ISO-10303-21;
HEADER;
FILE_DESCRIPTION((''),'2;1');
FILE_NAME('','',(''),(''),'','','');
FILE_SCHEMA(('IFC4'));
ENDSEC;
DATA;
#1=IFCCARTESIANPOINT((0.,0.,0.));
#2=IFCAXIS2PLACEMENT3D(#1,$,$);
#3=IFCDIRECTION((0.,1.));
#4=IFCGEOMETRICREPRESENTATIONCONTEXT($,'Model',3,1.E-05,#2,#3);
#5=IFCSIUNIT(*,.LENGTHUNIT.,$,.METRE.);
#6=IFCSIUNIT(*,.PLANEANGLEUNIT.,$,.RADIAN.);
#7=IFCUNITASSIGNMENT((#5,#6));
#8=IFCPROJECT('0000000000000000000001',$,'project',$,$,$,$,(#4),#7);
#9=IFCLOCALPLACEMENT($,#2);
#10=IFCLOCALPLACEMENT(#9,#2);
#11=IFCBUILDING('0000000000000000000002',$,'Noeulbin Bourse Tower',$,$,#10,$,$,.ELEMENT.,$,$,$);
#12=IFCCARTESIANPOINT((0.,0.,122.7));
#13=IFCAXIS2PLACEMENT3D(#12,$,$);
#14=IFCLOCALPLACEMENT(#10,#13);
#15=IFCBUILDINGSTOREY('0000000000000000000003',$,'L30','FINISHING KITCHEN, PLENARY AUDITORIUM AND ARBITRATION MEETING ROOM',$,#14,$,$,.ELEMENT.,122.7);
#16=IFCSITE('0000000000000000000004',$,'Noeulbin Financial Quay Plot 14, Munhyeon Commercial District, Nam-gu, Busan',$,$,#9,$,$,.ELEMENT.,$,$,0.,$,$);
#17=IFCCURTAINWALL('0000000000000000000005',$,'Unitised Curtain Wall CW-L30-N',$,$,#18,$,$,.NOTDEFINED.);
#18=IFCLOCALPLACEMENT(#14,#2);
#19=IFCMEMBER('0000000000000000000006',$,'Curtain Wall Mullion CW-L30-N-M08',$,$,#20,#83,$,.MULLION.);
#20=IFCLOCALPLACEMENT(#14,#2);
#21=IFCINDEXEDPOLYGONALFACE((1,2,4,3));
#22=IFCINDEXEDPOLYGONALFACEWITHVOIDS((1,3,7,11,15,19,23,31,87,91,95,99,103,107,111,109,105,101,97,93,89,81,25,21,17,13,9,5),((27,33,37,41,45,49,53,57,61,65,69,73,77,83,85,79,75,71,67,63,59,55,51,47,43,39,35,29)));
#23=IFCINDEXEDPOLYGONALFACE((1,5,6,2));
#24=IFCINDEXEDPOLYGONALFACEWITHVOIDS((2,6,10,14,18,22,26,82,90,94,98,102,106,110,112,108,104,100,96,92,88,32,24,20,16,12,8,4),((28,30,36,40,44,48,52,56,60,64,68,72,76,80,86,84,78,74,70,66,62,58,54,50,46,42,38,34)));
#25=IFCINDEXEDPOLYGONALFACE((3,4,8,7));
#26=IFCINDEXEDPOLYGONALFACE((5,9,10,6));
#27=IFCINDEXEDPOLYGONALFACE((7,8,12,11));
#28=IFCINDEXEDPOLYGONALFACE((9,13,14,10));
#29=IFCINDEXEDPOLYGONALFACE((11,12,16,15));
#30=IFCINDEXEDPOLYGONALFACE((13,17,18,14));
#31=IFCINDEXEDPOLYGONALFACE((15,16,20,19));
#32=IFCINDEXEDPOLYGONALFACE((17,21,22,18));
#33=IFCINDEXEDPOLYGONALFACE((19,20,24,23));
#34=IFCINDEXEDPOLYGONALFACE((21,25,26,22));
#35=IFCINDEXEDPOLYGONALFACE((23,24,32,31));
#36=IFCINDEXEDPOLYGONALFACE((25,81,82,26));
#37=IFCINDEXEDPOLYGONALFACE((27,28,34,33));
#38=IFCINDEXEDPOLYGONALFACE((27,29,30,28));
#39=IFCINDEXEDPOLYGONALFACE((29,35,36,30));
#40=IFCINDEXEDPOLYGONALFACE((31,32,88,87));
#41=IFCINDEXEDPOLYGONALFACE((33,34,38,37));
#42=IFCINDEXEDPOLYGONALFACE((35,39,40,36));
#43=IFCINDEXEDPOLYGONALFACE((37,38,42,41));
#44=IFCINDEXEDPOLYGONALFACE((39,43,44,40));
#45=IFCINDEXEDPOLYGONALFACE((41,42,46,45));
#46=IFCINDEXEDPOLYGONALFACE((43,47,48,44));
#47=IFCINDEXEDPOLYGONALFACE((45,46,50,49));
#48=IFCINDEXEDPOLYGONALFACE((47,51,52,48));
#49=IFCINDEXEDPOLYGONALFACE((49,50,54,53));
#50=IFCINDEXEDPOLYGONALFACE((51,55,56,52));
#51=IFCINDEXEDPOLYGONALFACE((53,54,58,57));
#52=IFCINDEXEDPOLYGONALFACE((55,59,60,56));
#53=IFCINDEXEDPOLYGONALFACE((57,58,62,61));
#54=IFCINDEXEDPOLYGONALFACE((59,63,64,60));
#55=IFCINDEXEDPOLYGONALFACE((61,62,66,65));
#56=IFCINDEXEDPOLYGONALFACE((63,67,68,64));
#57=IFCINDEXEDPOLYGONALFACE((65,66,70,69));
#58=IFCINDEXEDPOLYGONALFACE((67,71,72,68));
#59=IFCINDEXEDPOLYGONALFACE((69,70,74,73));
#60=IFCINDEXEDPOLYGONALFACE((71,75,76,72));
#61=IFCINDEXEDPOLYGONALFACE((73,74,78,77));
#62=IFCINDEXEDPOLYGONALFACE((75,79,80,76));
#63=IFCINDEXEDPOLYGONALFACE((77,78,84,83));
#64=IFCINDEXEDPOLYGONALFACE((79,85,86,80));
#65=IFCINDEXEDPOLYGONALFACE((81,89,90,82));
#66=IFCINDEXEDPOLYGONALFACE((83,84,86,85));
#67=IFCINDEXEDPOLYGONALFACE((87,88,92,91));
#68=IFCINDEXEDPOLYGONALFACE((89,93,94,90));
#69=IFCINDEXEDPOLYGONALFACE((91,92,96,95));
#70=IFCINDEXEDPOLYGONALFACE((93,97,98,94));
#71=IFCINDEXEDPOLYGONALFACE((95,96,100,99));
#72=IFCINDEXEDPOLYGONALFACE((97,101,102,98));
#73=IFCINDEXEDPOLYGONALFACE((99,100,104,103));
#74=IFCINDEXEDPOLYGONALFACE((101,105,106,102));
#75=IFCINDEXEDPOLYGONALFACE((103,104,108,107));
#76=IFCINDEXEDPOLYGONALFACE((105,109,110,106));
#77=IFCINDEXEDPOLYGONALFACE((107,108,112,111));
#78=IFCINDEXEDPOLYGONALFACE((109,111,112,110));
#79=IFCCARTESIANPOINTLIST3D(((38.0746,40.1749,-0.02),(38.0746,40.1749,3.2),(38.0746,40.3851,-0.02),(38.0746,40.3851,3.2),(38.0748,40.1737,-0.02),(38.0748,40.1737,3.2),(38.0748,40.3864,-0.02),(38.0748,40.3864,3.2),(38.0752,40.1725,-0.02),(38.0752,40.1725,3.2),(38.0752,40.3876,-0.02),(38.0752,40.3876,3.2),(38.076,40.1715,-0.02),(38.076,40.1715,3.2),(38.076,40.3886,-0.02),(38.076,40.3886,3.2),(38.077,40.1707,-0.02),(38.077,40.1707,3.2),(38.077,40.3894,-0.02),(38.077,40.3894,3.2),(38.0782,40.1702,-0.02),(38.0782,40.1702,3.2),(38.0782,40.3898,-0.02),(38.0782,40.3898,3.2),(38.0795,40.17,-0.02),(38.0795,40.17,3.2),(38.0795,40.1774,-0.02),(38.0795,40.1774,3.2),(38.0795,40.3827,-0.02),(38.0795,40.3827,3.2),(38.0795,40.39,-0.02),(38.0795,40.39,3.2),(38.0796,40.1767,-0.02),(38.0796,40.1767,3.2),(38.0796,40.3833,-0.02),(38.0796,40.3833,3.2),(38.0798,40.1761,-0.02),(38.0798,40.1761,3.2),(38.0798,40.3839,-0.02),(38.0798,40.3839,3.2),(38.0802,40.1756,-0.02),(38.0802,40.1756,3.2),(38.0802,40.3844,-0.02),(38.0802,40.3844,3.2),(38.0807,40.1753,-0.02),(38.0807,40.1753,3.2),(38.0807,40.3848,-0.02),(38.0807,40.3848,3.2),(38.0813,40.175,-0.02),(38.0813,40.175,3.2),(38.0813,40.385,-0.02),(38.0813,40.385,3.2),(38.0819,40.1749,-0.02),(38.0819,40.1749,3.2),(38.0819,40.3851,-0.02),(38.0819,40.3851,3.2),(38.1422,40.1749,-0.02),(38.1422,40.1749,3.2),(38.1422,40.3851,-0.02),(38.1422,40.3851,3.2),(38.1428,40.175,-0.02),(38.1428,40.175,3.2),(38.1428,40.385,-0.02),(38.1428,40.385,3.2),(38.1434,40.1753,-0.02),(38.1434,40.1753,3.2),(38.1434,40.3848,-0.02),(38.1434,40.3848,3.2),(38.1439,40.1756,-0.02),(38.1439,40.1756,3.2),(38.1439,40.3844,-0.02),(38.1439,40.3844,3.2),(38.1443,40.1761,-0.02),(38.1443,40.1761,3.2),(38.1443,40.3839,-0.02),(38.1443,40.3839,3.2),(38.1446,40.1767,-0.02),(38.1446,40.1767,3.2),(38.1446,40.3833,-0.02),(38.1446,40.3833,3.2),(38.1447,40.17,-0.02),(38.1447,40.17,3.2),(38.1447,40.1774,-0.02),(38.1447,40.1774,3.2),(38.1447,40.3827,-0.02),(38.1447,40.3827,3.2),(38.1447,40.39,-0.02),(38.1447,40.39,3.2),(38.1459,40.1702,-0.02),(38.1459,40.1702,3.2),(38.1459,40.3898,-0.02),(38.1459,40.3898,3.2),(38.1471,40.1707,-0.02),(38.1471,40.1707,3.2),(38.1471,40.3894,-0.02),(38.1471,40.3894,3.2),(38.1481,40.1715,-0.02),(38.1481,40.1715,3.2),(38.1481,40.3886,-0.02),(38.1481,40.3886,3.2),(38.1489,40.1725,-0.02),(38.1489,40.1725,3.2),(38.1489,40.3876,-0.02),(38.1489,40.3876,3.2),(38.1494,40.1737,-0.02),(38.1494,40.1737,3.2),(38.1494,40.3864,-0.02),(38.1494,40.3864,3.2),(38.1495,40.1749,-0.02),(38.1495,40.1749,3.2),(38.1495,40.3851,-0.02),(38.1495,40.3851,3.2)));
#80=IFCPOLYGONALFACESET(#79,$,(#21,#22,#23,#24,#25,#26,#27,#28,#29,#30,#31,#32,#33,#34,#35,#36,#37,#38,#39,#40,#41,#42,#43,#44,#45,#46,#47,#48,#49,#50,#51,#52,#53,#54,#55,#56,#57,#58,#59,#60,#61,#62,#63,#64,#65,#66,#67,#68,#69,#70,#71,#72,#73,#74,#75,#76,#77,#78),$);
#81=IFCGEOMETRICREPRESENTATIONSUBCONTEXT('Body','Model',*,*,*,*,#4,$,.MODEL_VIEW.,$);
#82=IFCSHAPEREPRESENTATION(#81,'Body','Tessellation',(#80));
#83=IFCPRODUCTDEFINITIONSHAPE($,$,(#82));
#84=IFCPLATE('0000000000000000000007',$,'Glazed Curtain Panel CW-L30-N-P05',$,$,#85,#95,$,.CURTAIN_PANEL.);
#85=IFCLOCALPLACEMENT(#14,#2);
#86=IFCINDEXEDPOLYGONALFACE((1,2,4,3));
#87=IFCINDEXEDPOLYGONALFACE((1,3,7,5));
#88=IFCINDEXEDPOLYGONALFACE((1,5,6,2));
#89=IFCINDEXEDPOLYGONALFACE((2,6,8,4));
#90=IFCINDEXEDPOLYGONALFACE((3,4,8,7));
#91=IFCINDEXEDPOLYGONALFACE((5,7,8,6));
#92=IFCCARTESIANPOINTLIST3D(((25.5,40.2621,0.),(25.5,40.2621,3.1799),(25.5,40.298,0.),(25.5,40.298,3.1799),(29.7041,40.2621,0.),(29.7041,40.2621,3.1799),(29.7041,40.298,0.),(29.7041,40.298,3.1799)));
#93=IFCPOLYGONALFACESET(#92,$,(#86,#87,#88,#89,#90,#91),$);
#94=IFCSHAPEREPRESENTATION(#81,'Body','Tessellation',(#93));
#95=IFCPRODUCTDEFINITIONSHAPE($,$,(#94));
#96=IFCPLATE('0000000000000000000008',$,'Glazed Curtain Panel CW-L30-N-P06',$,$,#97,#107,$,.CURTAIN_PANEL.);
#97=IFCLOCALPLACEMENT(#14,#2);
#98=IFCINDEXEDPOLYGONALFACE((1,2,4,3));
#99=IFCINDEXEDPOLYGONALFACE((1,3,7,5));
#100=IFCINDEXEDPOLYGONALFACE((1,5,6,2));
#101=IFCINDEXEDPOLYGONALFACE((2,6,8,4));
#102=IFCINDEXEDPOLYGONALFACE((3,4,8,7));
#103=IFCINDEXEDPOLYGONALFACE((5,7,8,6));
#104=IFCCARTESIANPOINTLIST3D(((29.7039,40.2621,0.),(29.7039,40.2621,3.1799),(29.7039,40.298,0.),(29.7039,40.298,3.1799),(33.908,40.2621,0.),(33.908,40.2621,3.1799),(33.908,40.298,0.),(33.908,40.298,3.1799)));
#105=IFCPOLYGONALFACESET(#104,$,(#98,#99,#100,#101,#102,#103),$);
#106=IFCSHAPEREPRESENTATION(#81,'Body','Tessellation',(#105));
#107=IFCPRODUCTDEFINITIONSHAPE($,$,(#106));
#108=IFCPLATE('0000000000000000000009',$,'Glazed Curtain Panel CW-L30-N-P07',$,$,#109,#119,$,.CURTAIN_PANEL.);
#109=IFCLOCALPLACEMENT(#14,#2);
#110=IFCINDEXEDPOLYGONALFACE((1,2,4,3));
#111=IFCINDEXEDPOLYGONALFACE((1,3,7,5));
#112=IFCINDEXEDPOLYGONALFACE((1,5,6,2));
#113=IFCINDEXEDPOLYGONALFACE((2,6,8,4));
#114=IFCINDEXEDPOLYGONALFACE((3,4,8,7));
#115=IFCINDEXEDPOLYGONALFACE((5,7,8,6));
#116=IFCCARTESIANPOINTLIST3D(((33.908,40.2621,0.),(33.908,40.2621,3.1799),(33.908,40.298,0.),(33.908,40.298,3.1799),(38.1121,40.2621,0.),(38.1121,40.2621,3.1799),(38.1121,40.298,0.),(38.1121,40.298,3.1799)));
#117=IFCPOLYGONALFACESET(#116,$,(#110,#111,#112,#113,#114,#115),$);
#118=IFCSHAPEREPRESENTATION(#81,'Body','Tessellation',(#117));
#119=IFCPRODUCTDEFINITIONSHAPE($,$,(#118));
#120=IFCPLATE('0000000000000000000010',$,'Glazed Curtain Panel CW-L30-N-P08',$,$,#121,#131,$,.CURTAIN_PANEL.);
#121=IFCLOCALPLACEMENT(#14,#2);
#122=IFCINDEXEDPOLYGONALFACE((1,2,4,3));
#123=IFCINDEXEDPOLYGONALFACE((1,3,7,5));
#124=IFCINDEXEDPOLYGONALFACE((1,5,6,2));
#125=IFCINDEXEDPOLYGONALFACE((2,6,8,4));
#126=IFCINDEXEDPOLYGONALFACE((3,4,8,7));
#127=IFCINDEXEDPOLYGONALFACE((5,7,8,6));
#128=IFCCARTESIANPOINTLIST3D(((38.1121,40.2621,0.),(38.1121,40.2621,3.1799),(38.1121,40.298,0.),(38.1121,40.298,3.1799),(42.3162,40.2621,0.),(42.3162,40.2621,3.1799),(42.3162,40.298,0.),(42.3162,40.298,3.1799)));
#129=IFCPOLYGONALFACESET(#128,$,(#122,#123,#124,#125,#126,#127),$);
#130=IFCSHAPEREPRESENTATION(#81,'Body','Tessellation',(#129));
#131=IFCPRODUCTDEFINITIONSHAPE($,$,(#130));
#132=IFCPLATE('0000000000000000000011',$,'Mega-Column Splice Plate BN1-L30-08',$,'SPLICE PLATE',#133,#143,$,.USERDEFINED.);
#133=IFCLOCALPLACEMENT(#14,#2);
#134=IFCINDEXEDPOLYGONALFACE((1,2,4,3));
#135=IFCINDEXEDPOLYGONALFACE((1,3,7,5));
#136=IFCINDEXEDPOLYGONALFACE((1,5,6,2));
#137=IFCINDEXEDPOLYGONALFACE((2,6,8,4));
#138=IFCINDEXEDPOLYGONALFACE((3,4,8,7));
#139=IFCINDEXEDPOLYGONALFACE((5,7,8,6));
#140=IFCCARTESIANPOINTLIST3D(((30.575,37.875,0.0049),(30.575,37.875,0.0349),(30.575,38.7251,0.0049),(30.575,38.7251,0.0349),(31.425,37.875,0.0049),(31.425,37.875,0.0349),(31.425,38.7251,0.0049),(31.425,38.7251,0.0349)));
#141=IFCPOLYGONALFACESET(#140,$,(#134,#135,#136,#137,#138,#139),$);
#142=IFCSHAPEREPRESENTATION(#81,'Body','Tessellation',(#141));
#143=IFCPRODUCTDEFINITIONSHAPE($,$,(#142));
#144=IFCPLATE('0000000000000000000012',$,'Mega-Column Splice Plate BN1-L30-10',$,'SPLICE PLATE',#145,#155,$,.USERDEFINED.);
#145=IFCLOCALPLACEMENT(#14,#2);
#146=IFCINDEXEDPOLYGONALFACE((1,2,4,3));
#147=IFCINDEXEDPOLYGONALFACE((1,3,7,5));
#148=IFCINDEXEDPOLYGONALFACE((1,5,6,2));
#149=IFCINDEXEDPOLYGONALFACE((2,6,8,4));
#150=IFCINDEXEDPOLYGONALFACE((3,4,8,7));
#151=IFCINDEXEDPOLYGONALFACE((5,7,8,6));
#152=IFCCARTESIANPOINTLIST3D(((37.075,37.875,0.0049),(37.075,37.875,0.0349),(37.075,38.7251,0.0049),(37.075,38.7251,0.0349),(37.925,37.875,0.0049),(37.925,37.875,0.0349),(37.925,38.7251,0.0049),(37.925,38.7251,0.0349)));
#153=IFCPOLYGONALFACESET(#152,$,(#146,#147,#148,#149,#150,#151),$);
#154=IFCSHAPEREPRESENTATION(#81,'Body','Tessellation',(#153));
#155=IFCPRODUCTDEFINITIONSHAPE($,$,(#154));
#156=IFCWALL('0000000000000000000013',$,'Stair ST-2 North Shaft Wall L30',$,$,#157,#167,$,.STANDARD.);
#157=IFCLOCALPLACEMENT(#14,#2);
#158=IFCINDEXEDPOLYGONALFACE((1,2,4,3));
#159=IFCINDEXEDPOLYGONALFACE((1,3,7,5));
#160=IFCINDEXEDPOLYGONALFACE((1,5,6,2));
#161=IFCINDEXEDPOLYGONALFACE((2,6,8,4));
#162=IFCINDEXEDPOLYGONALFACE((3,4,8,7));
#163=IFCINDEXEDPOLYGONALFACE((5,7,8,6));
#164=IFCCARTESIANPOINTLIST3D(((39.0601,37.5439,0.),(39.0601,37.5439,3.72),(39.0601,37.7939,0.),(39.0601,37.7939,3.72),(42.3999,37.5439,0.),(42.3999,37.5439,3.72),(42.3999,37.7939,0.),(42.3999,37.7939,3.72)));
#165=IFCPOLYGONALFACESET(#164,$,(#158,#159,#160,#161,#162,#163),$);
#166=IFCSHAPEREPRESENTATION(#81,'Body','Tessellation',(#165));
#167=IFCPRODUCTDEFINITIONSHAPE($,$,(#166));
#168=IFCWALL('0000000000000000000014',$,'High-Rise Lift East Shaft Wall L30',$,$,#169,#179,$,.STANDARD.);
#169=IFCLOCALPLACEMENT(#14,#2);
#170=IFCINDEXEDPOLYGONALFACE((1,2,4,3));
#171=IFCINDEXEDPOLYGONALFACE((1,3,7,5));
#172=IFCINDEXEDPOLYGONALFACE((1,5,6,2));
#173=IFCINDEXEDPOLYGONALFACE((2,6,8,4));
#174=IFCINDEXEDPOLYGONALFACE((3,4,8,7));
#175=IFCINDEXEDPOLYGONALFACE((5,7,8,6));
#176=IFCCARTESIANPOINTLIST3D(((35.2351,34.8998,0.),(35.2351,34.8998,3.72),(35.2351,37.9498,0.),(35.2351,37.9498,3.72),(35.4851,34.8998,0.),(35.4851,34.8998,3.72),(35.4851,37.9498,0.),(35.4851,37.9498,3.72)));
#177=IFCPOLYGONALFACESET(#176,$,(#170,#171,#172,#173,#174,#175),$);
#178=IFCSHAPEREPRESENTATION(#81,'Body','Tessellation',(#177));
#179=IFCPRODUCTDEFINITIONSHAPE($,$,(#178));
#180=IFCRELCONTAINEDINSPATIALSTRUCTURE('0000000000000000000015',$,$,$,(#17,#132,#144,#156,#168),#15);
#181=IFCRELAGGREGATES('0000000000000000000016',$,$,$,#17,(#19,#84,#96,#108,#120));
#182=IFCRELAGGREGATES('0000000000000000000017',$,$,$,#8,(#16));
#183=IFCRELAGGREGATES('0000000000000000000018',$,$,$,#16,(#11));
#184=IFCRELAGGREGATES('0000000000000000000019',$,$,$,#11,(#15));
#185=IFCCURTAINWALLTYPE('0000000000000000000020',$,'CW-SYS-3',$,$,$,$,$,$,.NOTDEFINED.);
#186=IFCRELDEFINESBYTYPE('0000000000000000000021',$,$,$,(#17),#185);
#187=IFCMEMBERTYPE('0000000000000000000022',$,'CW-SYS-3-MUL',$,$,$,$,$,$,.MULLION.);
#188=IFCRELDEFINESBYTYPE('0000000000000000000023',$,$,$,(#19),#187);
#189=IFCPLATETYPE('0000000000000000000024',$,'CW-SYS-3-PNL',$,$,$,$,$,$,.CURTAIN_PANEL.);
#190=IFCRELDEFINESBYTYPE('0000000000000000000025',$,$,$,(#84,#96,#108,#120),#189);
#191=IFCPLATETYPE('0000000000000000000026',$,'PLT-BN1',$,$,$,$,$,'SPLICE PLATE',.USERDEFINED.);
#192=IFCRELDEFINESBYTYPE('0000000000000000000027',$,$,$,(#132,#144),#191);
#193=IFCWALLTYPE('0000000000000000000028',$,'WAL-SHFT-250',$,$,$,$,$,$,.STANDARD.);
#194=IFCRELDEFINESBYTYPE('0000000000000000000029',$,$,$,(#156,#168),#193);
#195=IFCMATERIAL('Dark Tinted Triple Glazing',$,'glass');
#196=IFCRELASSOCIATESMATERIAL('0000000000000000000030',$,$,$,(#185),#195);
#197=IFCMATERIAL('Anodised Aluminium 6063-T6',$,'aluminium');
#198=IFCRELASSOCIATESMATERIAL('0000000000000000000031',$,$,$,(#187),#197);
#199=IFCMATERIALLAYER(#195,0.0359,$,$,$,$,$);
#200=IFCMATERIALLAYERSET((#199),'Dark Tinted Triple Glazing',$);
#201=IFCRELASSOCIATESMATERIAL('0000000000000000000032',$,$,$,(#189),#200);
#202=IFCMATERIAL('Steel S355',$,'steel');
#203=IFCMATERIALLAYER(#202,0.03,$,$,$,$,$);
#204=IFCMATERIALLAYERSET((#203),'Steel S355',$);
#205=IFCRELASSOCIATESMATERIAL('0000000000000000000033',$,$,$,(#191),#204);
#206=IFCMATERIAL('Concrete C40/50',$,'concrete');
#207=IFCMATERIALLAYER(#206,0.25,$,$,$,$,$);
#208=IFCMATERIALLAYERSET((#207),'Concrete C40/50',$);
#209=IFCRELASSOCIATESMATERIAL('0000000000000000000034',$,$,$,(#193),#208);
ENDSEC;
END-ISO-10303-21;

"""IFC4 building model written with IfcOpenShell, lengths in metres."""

from ifc_helpers import new_model, si_unit, direction, frame, frame_2d, origin, origin_2d, place, context, subcontext, project, spatial, rectangle, hollow_rectangle, extrude, material, layer, layer_set, material_profile, profile_set, type_object, element, aggregate, save


model = new_model("IFC4")

# Units and contexts
model_context = context("Model", 3, precision=1e-05, world=origin(), true_north=direction((0.0, 1.0)))
body_context = subcontext(model_context, "Body", "Model", "MODEL_VIEW")
ifc_project = project(units=[si_unit("LENGTHUNIT", "METRE"), si_unit("PLANEANGLEUNIT", "RADIAN")], contexts=[model_context])

# Site, building, storey
site_placement = place(None, origin())
site = spatial("IfcSite", under=ifc_project, at=site_placement, Name="Noeulbin Financial Quay Plot 14, Munhyeon Commercial District, Nam-gu, Busan", CompositionType="ELEMENT", RefElevation=0.0)
building_placement = place(site_placement, origin())
building = spatial("IfcBuilding", under=site, at=building_placement, Name="Noeulbin Bourse Tower", CompositionType="ELEMENT")
storey_placement = place(building_placement, frame((0.0, 0.0, 122.7)))
storey = spatial("IfcBuildingStorey", under=building, at=storey_placement, Name="L30", Description="FINISHING KITCHEN, PLENARY AUDITORIUM AND ARBITRATION MEETING ROOM", CompositionType="ELEMENT", Elevation=122.7)

# Shared definitions
ifc_material_1 = material(Name="Steel S355", Category="steel")

# Curtain wall, member, plates
ifc_material_2 = material(Name="Dark Tinted Triple Glazing", Category="glass")
curtain_wall_type = type_object("IfcCurtainWallType", Name="CW-SYS-3", PredefinedType="NOTDEFINED", material=ifc_material_2)
curtain_wall_placement = place(storey_placement, origin())
curtain_wall = element("IfcCurtainWall", 1, at=curtain_wall_placement, inside=storey, type_object=curtain_wall_type, Name="Unitised Curtain Wall CW-L30-N", PredefinedType="NOTDEFINED")
ifc_material_3 = material(Name="Anodised Aluminium 6063-T6", Category="aluminium")
ifc_material_profile_1 = material_profile(ifc_material_3, hollow_rectangle(XDim=0.075, YDim=0.22, WallThickness=0.0049, InnerFilletRadius=0.0024, OuterFilletRadius=0.0049, at=origin_2d()), Name="ALU-MULL-75x220x5", Category="LoadBearing")
ifc_profile_set_1 = profile_set([ifc_material_profile_1], Name="Anodised Aluminium 6063-T6")
member_type = type_object("IfcMemberType", Name="CW-SYS-3-MUL", PredefinedType="MULLION", material=ifc_profile_set_1)
member_1_placement = place(storey_placement, frame((38.1121, 40.28, -0.02), z_axis=(0.0, 0.0, 1.0), x_axis=(1.0, 0.0, 0.0)))
member_1 = element("IfcMember", 2, at=member_1_placement, type_object=member_type, Name="Curtain Wall Mullion CW-L30-N-M08", PredefinedType="MULLION", context=body_context, shape_type="SweptSolid", body=[
    extrude(hollow_rectangle(XDim=0.075, YDim=0.22, WallThickness=0.0049, InnerFilletRadius=0.0024, OuterFilletRadius=0.0049, at=origin_2d()), origin(), (0.0, 0.0, 1.0), 3.22),
])
ifc_layer_1 = layer(ifc_material_2, 0.0359)
ifc_layer_set_1 = layer_set([ifc_layer_1], Name="Dark Tinted Triple Glazing")
plate_type_1 = type_object("IfcPlateType", Name="CW-SYS-3-PNL", PredefinedType="CURTAIN_PANEL", material=ifc_layer_set_1)
plate_1_placement = place(storey_placement, frame((27.6021, 40.28, 0.0), z_axis=(0.0, 0.0, 1.0), x_axis=(1.0, 0.0, 0.0)))
plate_1 = element("IfcPlate", 3, at=plate_1_placement, type_object=plate_type_1, Name="Glazed Curtain Panel CW-L30-N-P05", PredefinedType="CURTAIN_PANEL", context=body_context, shape_type="SweptSolid", body=[
    extrude(rectangle(XDim=4.2041, YDim=0.0359, at=origin_2d()), origin(), (0.0, 0.0, 1.0), 3.1799),
])
plate_2_placement = place(storey_placement, frame((31.8059, 40.28, 0.0), z_axis=(0.0, 0.0, 1.0), x_axis=(1.0, 0.0, 0.0)))
plate_2 = element("IfcPlate", 4, at=plate_2_placement, type_object=plate_type_1, Name="Glazed Curtain Panel CW-L30-N-P06", PredefinedType="CURTAIN_PANEL", context=body_context, shape_type="SweptSolid", body=[
    extrude(rectangle(XDim=4.2041, YDim=0.0359, at=origin_2d()), origin(), (0.0, 0.0, 1.0), 3.1799),
])
plate_3_placement = place(storey_placement, frame((36.01, 40.28, 0.0), z_axis=(0.0, 0.0, 1.0), x_axis=(1.0, 0.0, 0.0)))
plate_3 = element("IfcPlate", 5, at=plate_3_placement, type_object=plate_type_1, Name="Glazed Curtain Panel CW-L30-N-P07", PredefinedType="CURTAIN_PANEL", context=body_context, shape_type="SweptSolid", body=[
    extrude(rectangle(XDim=4.2041, YDim=0.0359, at=origin_2d()), origin(), (0.0, 0.0, 1.0), 3.1799),
])
plate_4_placement = place(storey_placement, frame((40.2141, 40.28, 0.0), z_axis=(0.0, 0.0, 1.0), x_axis=(1.0, 0.0, 0.0)))
plate_4 = element("IfcPlate", 6, at=plate_4_placement, type_object=plate_type_1, Name="Glazed Curtain Panel CW-L30-N-P08", PredefinedType="CURTAIN_PANEL", context=body_context, shape_type="SweptSolid", body=[
    extrude(rectangle(XDim=4.2041, YDim=0.0359, at=origin_2d()), origin(), (0.0, 0.0, 1.0), 3.1799),
])
aggregate(curtain_wall, [member_1, plate_1, plate_2, plate_3, plate_4])

# Plates
ifc_layer_2 = layer(ifc_material_1, 0.03)
ifc_layer_set_2 = layer_set([ifc_layer_2], Name="Steel S355")
plate_type_2 = type_object("IfcPlateType", Name="PLT-BN1", ElementType="SPLICE PLATE", PredefinedType="USERDEFINED", material=ifc_layer_set_2)
for number, where, z_axis, x_axis, name in (
    (7, (31.0, 38.3, 0.0049), (0.0, 0.0, 1.0), (1.0, 0.0, 0.0), "Mega-Column Splice Plate BN1-L30-08"),
    (8, (37.5, 38.3, 0.0049), (0.0, 0.0, 1.0), (1.0, 0.0, 0.0), "Mega-Column Splice Plate BN1-L30-10"),
):
    element("IfcPlate", number, at=place(storey_placement, frame(where, z_axis=z_axis, x_axis=x_axis)), inside=storey, type_object=plate_type_2, Name=name, ObjectType="SPLICE PLATE", PredefinedType="USERDEFINED", context=body_context, shape_type="SweptSolid", body=[
        extrude(rectangle(XDim=0.8501, YDim=0.8501, at=origin_2d()), origin(), (0.0, 0.0, 1.0), 0.03),
    ])

# Walls
ifc_material_4 = material(Name="Concrete C40/50", Category="concrete")
ifc_layer_3 = layer(ifc_material_4, 0.25)
ifc_layer_set_3 = layer_set([ifc_layer_3], Name="Concrete C40/50")
wall_type = type_object("IfcWallType", Name="WAL-SHFT-250", PredefinedType="STANDARD", material=ifc_layer_set_3)
wall_1_placement = place(storey_placement, frame((39.0601, 37.6689, 0.0), z_axis=(0.0, 0.0, 1.0), x_axis=(1.0, 0.0, 0.0)))
element("IfcWall", 9, at=wall_1_placement, inside=storey, type_object=wall_type, Name="Stair ST-2 North Shaft Wall L30", PredefinedType="STANDARD", context=body_context, shape_type="SweptSolid", body=[
    extrude(rectangle(XDim=3.3398, YDim=0.25, at=frame_2d((1.6699, 0.0))), origin(), (0.0, 0.0, 1.0), 3.72),
])
wall_2_placement = place(storey_placement, frame((35.3601, 34.8999, 0.0), z_axis=(0.0, 0.0, 1.0), x_axis=(0.0, 1.0, 0.0)))
element("IfcWall", 10, at=wall_2_placement, inside=storey, type_object=wall_type, Name="High-Rise Lift East Shaft Wall L30", PredefinedType="STANDARD", context=body_context, shape_type="SweptSolid", body=[
    extrude(rectangle(XDim=3.05, YDim=0.25, at=frame_2d((1.5249, 0.0))), origin(), (0.0, 0.0, 1.0), 3.72),
])

save(model, "model.ifc")
